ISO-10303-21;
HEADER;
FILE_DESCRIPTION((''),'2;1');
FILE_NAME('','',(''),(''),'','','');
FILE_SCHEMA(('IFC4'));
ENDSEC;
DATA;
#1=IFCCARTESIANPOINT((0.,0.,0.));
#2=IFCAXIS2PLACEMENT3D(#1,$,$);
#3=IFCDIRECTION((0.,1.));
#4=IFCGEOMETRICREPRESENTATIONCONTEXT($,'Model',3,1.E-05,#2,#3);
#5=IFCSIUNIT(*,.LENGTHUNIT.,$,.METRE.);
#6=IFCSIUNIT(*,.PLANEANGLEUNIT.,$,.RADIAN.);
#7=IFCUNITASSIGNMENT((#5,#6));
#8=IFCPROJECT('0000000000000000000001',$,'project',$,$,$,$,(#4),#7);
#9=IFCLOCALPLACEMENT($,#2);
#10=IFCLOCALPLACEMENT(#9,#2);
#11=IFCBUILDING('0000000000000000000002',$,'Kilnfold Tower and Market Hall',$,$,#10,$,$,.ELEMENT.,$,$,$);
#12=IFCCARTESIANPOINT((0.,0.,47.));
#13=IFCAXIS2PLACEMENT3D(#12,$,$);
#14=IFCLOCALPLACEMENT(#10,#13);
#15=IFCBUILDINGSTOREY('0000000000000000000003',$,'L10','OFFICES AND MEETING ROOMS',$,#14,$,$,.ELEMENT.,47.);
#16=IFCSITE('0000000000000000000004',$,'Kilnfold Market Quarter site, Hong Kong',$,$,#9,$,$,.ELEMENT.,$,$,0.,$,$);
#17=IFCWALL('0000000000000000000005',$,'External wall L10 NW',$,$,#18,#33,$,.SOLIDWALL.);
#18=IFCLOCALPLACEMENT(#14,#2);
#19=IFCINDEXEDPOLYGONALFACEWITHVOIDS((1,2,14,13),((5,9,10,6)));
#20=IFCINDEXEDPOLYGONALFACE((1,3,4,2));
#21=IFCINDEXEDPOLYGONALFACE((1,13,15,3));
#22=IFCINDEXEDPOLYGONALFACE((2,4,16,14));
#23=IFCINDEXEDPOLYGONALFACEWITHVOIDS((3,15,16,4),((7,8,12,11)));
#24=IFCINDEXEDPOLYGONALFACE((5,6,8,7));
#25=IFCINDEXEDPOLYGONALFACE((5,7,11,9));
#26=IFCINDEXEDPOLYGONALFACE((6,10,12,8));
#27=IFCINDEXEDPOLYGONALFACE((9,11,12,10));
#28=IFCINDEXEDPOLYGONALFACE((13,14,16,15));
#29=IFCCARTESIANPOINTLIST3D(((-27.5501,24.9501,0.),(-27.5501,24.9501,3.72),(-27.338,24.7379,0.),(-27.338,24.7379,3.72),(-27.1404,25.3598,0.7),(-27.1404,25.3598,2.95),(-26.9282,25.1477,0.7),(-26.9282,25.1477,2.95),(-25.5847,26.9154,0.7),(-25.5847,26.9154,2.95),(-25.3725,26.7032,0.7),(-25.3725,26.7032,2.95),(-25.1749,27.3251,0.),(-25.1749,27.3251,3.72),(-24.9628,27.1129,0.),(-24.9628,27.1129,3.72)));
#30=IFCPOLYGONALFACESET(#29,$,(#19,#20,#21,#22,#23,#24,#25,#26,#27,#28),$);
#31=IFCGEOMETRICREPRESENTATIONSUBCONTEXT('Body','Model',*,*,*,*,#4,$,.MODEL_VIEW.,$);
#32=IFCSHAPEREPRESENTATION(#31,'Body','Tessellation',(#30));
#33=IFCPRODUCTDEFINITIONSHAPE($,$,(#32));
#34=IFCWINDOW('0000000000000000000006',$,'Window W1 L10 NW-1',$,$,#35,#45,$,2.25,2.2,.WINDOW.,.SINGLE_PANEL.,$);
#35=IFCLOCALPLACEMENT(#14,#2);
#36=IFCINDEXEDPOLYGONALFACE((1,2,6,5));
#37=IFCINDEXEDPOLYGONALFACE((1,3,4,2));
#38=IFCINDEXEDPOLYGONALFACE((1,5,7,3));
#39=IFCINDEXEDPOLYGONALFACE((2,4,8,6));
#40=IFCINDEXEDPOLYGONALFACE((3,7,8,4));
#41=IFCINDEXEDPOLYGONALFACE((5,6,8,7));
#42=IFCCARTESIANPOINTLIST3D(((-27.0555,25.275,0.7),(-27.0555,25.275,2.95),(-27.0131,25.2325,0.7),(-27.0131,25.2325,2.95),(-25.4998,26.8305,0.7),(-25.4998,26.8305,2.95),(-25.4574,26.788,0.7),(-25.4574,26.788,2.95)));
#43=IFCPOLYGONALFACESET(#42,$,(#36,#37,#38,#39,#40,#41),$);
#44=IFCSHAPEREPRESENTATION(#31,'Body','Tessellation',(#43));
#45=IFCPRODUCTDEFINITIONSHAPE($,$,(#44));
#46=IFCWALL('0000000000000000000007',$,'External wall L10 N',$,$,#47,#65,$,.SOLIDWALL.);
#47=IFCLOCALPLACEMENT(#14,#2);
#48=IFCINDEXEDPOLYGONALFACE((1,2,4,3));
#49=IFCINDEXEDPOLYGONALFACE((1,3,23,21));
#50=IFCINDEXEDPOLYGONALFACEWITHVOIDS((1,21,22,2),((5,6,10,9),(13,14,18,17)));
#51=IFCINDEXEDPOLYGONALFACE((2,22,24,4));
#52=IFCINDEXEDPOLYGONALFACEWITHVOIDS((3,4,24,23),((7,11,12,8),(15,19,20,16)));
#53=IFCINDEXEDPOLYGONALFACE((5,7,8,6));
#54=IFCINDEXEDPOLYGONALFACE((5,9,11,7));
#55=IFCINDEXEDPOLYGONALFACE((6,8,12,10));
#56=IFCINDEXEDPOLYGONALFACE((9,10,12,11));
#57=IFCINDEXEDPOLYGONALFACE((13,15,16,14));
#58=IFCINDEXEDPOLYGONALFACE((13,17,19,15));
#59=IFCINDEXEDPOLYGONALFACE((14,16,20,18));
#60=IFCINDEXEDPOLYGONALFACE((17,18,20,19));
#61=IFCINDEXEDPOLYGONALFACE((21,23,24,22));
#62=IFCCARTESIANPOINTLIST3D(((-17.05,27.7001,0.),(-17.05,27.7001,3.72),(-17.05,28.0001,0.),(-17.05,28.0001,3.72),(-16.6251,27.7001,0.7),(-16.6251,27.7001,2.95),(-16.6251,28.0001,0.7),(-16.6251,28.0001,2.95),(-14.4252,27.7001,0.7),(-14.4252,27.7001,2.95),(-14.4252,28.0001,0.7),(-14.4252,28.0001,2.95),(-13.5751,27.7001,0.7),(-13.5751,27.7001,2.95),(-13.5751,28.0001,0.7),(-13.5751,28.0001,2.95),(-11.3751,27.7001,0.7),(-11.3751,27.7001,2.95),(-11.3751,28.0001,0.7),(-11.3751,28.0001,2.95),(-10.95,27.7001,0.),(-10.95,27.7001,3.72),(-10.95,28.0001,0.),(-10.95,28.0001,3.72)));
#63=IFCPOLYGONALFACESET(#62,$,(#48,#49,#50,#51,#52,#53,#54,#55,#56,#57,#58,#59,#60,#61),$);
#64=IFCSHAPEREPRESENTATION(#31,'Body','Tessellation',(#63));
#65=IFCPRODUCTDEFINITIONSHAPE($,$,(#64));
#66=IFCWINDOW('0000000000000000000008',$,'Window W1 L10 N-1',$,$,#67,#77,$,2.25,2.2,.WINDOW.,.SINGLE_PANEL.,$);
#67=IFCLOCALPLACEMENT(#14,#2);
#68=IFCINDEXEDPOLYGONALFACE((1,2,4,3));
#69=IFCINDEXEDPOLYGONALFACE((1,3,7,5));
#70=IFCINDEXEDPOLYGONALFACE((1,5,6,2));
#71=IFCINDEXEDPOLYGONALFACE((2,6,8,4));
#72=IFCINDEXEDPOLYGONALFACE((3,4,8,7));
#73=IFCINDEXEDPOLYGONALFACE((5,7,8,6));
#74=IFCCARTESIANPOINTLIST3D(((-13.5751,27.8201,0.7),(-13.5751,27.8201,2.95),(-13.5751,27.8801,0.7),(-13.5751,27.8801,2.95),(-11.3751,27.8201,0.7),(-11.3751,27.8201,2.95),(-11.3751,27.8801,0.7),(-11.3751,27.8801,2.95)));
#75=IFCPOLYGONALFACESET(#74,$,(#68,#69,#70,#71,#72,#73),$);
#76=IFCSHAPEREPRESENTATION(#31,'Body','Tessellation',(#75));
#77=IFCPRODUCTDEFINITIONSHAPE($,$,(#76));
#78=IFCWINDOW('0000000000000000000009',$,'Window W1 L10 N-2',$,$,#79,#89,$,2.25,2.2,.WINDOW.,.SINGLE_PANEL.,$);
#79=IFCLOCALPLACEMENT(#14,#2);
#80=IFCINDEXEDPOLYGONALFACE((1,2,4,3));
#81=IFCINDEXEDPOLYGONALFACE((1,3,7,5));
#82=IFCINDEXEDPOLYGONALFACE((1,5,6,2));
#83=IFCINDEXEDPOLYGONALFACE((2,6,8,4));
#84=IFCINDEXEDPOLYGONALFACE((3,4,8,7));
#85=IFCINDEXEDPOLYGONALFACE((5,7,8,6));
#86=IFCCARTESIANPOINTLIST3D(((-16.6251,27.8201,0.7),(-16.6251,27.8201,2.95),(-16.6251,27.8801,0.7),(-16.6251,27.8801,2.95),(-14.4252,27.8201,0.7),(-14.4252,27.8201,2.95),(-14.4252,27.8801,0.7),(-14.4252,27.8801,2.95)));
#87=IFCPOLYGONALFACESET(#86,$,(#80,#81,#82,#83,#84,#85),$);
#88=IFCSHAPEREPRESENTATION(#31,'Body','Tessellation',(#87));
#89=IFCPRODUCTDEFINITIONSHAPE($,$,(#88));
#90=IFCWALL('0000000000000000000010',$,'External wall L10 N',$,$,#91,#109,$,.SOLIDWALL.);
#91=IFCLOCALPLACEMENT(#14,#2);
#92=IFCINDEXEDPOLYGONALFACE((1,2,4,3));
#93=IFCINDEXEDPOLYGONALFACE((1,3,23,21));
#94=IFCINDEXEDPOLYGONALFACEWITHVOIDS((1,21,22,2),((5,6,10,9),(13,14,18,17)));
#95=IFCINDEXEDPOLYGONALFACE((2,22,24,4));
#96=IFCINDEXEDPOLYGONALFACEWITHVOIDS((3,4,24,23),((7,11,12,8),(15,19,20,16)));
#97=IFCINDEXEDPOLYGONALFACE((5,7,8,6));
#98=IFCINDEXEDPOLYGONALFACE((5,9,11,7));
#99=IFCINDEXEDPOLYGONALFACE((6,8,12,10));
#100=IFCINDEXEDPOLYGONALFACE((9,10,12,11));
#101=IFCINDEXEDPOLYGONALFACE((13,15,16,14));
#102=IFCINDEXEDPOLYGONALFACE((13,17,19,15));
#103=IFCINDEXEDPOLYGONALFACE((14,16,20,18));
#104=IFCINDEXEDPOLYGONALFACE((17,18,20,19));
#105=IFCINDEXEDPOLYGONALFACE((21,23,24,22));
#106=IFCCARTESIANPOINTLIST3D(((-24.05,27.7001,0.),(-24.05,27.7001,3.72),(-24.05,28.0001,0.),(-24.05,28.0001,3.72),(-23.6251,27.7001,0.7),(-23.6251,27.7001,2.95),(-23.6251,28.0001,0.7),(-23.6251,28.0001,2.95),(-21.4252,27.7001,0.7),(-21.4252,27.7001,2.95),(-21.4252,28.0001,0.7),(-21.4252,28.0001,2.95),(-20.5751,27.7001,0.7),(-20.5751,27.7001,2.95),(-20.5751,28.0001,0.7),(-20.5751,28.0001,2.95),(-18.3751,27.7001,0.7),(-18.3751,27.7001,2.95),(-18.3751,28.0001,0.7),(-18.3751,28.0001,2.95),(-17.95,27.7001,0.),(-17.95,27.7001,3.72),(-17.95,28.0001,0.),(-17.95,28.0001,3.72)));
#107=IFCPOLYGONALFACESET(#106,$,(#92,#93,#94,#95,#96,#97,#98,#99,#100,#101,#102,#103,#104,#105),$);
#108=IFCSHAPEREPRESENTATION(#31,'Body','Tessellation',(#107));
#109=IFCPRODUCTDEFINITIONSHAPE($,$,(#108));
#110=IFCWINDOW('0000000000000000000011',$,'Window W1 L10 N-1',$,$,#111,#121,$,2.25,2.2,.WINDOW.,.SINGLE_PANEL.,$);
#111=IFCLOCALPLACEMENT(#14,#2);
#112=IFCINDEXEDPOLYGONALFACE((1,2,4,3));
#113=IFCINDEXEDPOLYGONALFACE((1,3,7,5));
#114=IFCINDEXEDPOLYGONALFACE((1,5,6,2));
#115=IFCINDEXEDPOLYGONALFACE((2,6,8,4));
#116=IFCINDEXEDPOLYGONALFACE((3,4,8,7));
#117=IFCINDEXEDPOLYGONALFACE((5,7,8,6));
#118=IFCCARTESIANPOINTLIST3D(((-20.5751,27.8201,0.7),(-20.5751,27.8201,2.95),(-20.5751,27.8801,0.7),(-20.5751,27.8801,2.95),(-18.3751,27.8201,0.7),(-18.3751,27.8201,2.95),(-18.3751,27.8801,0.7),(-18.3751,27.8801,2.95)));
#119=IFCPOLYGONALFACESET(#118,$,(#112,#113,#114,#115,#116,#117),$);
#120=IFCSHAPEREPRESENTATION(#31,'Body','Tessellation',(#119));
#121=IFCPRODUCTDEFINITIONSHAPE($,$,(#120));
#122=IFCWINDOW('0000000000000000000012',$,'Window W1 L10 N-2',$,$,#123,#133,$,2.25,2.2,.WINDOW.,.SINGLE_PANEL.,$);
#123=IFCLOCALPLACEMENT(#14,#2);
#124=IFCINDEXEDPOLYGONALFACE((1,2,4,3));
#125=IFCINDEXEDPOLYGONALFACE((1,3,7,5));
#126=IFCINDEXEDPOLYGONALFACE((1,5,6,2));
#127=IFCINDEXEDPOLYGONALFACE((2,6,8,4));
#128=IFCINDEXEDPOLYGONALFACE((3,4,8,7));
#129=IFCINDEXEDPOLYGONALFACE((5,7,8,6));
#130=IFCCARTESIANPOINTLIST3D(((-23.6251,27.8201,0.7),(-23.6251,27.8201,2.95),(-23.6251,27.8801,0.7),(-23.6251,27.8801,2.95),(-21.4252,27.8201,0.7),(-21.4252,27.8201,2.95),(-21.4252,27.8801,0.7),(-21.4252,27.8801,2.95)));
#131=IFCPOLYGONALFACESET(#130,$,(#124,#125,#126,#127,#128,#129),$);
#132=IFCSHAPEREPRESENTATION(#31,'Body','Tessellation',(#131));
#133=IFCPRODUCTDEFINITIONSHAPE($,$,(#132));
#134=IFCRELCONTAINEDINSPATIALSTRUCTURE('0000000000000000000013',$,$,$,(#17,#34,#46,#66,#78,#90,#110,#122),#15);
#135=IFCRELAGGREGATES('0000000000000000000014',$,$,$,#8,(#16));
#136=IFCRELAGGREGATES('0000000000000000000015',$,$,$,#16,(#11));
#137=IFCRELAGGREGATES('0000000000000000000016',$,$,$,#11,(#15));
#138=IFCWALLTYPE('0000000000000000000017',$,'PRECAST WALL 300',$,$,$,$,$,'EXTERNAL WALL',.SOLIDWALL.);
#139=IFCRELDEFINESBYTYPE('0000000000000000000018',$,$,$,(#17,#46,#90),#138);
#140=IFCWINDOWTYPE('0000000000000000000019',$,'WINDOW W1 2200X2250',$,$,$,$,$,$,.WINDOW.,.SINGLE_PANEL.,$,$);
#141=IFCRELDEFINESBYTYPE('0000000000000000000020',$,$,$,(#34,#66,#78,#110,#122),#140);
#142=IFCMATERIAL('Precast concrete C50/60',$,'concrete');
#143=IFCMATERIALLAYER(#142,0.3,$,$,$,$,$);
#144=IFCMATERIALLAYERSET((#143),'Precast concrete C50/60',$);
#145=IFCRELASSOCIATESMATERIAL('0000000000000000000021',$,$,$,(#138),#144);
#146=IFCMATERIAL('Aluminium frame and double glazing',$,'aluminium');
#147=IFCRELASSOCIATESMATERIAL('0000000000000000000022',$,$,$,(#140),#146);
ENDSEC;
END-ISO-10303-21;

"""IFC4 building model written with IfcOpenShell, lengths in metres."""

from ifc_helpers import new_model, si_unit, direction, frame, frame_2d, origin, place, context, subcontext, project, spatial, rectangle, extrude, source, transform, mapped, material, layer, layer_set, type_object, element, fill, save


model = new_model("IFC4")

# Units and contexts
model_context = context("Model", 3, precision=1e-05, world=origin(), true_north=direction((0.0, 1.0)))
body_context = subcontext(model_context, "Body", "Model", "MODEL_VIEW")
ifc_project = project(units=[si_unit("LENGTHUNIT", "METRE"), si_unit("PLANEANGLEUNIT", "RADIAN")], contexts=[model_context])

# Site, building, storey
site_placement = place(None, origin())
site = spatial("IfcSite", under=ifc_project, at=site_placement, Name="Kilnfold Market Quarter site, Hong Kong", CompositionType="ELEMENT", RefElevation=0.0)
building_placement = place(site_placement, origin())
building = spatial("IfcBuilding", under=site, at=building_placement, Name="Kilnfold Tower and Market Hall", CompositionType="ELEMENT")
storey_placement = place(building_placement, frame((0.0, 0.0, 47.0)))
storey = spatial("IfcBuildingStorey", under=building, at=storey_placement, Name="L10", Description="OFFICES AND MEETING ROOMS", CompositionType="ELEMENT", Elevation=47.0)

# Wall, opening, window
ifc_material_1 = material(Name="Precast concrete C50/60", Category="concrete")
ifc_layer_1 = layer(ifc_material_1, 0.3)
ifc_layer_set_1 = layer_set([ifc_layer_1], Name="Precast concrete C50/60")
wall_type_1 = type_object("IfcWallType", Name="PRECAST WALL 300", ElementType="EXTERNAL WALL", PredefinedType="SOLIDWALL", material=ifc_layer_set_1)
shared_shape_1 = source(origin(), body_context, "Body", "SweptSolid", [
    extrude(rectangle(XDim=3.3589, YDim=0.3, at=frame_2d((1.6794, 0.0))), origin(), (0.0, 0.0, 1.0), 3.72),
])
wall_1_placement = place(storey_placement, frame((-25.0688, 27.219, 0.0), z_axis=(0.0, 0.0, 1.0), x_axis=(-0.707143, -0.70707, 0.0)))
wall_1 = element("IfcWall", 1, at=wall_1_placement, inside=storey, type_object=wall_type_1, Name="External wall L10 NW", PredefinedType="SOLIDWALL", context=body_context, shape_type="MappedRepresentation", body=[
    mapped(shared_shape_1, transform((0.0, 0.0, 0.0))),
])
opening_1_placement = place(wall_1_placement, frame((0.5793, 0.0, 0.7)))
opening_1 = element("IfcOpeningElement", 2, at=opening_1_placement, cuts=wall_1, PredefinedType="OPENING", context=body_context, shape_type="SweptSolid", body=[
    extrude(rectangle(XDim=2.2, YDim=2.25, at=frame_2d((1.1001, 1.125))), frame((0.0, 0.1602, 0.0), z_axis=(0.0, -1.0, 0.0), x_axis=(1.0, 0.0, 0.0)), (0.0, 0.0, 1.0), 0.3201),
])
ifc_material_2 = material(Name="Aluminium frame and double glazing", Category="aluminium")
window_type = type_object("IfcWindowType", Name="WINDOW W1 2200X2250", PartitioningType="SINGLE_PANEL", PredefinedType="WINDOW", material=ifc_material_2)
window_1_placement = place(opening_1_placement, origin())
window_1 = element("IfcWindow", 3, at=window_1_placement, inside=storey, type_object=window_type, Name="Window W1 L10 NW-1", OverallHeight=2.25, OverallWidth=2.2, PartitioningType="SINGLE_PANEL", PredefinedType="WINDOW", context=body_context, shape_type="SweptSolid", body=[
    extrude(rectangle(XDim=2.2, YDim=2.25, at=frame_2d((1.1001, 1.125))), frame((0.0, 0.03, 0.0), z_axis=(0.0, -1.0, 0.0), x_axis=(1.0, 0.0, 0.0)), (0.0, 0.0, 1.0), 0.0601),
])
fill(opening_1, window_1)

# Walls, openings, windows
shared_shape_2 = source(origin(), body_context, "Body", "SweptSolid", [
    extrude(rectangle(XDim=6.1001, YDim=0.3, at=frame_2d((3.05, 0.0))), origin(), (0.0, 0.0, 1.0), 3.72),
])
wall_2_placement = place(storey_placement, frame((-10.95, 27.8501, 0.0), z_axis=(0.0, 0.0, 1.0), x_axis=(-1.0, 0.0, 0.0)))
wall_2 = element("IfcWall", 4, at=wall_2_placement, inside=storey, type_object=wall_type_1, Name="External wall L10 N", PredefinedType="SOLIDWALL", context=body_context, shape_type="MappedRepresentation", body=[
    mapped(shared_shape_2, transform((0.0, 0.0, 0.0))),
])
opening_2_placement = place(wall_2_placement, frame((0.425, 0.0, 0.7)))
opening_2 = element("IfcOpeningElement", 5, at=opening_2_placement, cuts=wall_2, PredefinedType="OPENING", context=body_context, shape_type="SweptSolid", body=[
    extrude(rectangle(XDim=2.2, YDim=2.25, at=frame_2d((1.1001, 1.125))), frame((0.0, 0.1602, 0.0), z_axis=(0.0, -1.0, 0.0), x_axis=(1.0, 0.0, 0.0)), (0.0, 0.0, 1.0), 0.3201),
])
opening_3_placement = place(wall_2_placement, frame((3.4751, 0.0, 0.7)))
opening_3 = element("IfcOpeningElement", 6, at=opening_3_placement, cuts=wall_2, PredefinedType="OPENING", context=body_context, shape_type="SweptSolid", body=[
    extrude(rectangle(XDim=2.2, YDim=2.25, at=frame_2d((1.1001, 1.125))), frame((0.0, 0.1602, 0.0), z_axis=(0.0, -1.0, 0.0), x_axis=(1.0, 0.0, 0.0)), (0.0, 0.0, 1.0), 0.3201),
])
window_2_placement = place(opening_2_placement, origin())
window_2 = element("IfcWindow", 7, at=window_2_placement, inside=storey, type_object=window_type, Name="Window W1 L10 N-1", OverallHeight=2.25, OverallWidth=2.2, PartitioningType="SINGLE_PANEL", PredefinedType="WINDOW", context=body_context, shape_type="SweptSolid", body=[
    extrude(rectangle(XDim=2.2, YDim=2.25, at=frame_2d((1.1001, 1.125))), frame((0.0, 0.03, 0.0), z_axis=(0.0, -1.0, 0.0), x_axis=(1.0, 0.0, 0.0)), (0.0, 0.0, 1.0), 0.0601),
])
fill(opening_2, window_2)
window_3_placement = place(opening_3_placement, origin())
window_3 = element("IfcWindow", 8, at=window_3_placement, inside=storey, type_object=window_type, Name="Window W1 L10 N-2", OverallHeight=2.25, OverallWidth=2.2, PartitioningType="SINGLE_PANEL", PredefinedType="WINDOW", context=body_context, shape_type="SweptSolid", body=[
    extrude(rectangle(XDim=2.2, YDim=2.25, at=frame_2d((1.1001, 1.125))), frame((0.0, 0.03, 0.0), z_axis=(0.0, -1.0, 0.0), x_axis=(1.0, 0.0, 0.0)), (0.0, 0.0, 1.0), 0.0601),
])
fill(opening_3, window_3)
wall_3_placement = place(storey_placement, frame((-17.95, 27.8501, 0.0), z_axis=(0.0, 0.0, 1.0), x_axis=(-1.0, 0.0, 0.0)))
wall_3 = element("IfcWall", 9, at=wall_3_placement, inside=storey, type_object=wall_type_1, Name="External wall L10 N", PredefinedType="SOLIDWALL", context=body_context, shape_type="MappedRepresentation", body=[
    mapped(shared_shape_2, transform((0.0, 0.0, 0.0))),
])
opening_4_placement = place(wall_3_placement, frame((0.425, 0.0, 0.7)))
opening_4 = element("IfcOpeningElement", 10, at=opening_4_placement, cuts=wall_3, PredefinedType="OPENING", context=body_context, shape_type="SweptSolid", body=[
    extrude(rectangle(XDim=2.2, YDim=2.25, at=frame_2d((1.1001, 1.125))), frame((0.0, 0.1602, 0.0), z_axis=(0.0, -1.0, 0.0), x_axis=(1.0, 0.0, 0.0)), (0.0, 0.0, 1.0), 0.3201),
])
opening_5_placement = place(wall_3_placement, frame((3.4751, 0.0, 0.7)))
opening_5 = element("IfcOpeningElement", 11, at=opening_5_placement, cuts=wall_3, PredefinedType="OPENING", context=body_context, shape_type="SweptSolid", body=[
    extrude(rectangle(XDim=2.2, YDim=2.25, at=frame_2d((1.1001, 1.125))), frame((0.0, 0.1602, 0.0), z_axis=(0.0, -1.0, 0.0), x_axis=(1.0, 0.0, 0.0)), (0.0, 0.0, 1.0), 0.3201),
])
window_4_placement = place(opening_4_placement, origin())
window_4 = element("IfcWindow", 12, at=window_4_placement, inside=storey, type_object=window_type, Name="Window W1 L10 N-1", OverallHeight=2.25, OverallWidth=2.2, PartitioningType="SINGLE_PANEL", PredefinedType="WINDOW", context=body_context, shape_type="SweptSolid", body=[
    extrude(rectangle(XDim=2.2, YDim=2.25, at=frame_2d((1.1001, 1.125))), frame((0.0, 0.03, 0.0), z_axis=(0.0, -1.0, 0.0), x_axis=(1.0, 0.0, 0.0)), (0.0, 0.0, 1.0), 0.0601),
])
fill(opening_4, window_4)
window_5_placement = place(opening_5_placement, origin())
window_5 = element("IfcWindow", 13, at=window_5_placement, inside=storey, type_object=window_type, Name="Window W1 L10 N-2", OverallHeight=2.25, OverallWidth=2.2, PartitioningType="SINGLE_PANEL", PredefinedType="WINDOW", context=body_context, shape_type="SweptSolid", body=[
    extrude(rectangle(XDim=2.2, YDim=2.25, at=frame_2d((1.1001, 1.125))), frame((0.0, 0.03, 0.0), z_axis=(0.0, -1.0, 0.0), x_axis=(1.0, 0.0, 0.0)), (0.0, 0.0, 1.0), 0.0601),
])
fill(opening_5, window_5)

save(model, "model.ifc")
